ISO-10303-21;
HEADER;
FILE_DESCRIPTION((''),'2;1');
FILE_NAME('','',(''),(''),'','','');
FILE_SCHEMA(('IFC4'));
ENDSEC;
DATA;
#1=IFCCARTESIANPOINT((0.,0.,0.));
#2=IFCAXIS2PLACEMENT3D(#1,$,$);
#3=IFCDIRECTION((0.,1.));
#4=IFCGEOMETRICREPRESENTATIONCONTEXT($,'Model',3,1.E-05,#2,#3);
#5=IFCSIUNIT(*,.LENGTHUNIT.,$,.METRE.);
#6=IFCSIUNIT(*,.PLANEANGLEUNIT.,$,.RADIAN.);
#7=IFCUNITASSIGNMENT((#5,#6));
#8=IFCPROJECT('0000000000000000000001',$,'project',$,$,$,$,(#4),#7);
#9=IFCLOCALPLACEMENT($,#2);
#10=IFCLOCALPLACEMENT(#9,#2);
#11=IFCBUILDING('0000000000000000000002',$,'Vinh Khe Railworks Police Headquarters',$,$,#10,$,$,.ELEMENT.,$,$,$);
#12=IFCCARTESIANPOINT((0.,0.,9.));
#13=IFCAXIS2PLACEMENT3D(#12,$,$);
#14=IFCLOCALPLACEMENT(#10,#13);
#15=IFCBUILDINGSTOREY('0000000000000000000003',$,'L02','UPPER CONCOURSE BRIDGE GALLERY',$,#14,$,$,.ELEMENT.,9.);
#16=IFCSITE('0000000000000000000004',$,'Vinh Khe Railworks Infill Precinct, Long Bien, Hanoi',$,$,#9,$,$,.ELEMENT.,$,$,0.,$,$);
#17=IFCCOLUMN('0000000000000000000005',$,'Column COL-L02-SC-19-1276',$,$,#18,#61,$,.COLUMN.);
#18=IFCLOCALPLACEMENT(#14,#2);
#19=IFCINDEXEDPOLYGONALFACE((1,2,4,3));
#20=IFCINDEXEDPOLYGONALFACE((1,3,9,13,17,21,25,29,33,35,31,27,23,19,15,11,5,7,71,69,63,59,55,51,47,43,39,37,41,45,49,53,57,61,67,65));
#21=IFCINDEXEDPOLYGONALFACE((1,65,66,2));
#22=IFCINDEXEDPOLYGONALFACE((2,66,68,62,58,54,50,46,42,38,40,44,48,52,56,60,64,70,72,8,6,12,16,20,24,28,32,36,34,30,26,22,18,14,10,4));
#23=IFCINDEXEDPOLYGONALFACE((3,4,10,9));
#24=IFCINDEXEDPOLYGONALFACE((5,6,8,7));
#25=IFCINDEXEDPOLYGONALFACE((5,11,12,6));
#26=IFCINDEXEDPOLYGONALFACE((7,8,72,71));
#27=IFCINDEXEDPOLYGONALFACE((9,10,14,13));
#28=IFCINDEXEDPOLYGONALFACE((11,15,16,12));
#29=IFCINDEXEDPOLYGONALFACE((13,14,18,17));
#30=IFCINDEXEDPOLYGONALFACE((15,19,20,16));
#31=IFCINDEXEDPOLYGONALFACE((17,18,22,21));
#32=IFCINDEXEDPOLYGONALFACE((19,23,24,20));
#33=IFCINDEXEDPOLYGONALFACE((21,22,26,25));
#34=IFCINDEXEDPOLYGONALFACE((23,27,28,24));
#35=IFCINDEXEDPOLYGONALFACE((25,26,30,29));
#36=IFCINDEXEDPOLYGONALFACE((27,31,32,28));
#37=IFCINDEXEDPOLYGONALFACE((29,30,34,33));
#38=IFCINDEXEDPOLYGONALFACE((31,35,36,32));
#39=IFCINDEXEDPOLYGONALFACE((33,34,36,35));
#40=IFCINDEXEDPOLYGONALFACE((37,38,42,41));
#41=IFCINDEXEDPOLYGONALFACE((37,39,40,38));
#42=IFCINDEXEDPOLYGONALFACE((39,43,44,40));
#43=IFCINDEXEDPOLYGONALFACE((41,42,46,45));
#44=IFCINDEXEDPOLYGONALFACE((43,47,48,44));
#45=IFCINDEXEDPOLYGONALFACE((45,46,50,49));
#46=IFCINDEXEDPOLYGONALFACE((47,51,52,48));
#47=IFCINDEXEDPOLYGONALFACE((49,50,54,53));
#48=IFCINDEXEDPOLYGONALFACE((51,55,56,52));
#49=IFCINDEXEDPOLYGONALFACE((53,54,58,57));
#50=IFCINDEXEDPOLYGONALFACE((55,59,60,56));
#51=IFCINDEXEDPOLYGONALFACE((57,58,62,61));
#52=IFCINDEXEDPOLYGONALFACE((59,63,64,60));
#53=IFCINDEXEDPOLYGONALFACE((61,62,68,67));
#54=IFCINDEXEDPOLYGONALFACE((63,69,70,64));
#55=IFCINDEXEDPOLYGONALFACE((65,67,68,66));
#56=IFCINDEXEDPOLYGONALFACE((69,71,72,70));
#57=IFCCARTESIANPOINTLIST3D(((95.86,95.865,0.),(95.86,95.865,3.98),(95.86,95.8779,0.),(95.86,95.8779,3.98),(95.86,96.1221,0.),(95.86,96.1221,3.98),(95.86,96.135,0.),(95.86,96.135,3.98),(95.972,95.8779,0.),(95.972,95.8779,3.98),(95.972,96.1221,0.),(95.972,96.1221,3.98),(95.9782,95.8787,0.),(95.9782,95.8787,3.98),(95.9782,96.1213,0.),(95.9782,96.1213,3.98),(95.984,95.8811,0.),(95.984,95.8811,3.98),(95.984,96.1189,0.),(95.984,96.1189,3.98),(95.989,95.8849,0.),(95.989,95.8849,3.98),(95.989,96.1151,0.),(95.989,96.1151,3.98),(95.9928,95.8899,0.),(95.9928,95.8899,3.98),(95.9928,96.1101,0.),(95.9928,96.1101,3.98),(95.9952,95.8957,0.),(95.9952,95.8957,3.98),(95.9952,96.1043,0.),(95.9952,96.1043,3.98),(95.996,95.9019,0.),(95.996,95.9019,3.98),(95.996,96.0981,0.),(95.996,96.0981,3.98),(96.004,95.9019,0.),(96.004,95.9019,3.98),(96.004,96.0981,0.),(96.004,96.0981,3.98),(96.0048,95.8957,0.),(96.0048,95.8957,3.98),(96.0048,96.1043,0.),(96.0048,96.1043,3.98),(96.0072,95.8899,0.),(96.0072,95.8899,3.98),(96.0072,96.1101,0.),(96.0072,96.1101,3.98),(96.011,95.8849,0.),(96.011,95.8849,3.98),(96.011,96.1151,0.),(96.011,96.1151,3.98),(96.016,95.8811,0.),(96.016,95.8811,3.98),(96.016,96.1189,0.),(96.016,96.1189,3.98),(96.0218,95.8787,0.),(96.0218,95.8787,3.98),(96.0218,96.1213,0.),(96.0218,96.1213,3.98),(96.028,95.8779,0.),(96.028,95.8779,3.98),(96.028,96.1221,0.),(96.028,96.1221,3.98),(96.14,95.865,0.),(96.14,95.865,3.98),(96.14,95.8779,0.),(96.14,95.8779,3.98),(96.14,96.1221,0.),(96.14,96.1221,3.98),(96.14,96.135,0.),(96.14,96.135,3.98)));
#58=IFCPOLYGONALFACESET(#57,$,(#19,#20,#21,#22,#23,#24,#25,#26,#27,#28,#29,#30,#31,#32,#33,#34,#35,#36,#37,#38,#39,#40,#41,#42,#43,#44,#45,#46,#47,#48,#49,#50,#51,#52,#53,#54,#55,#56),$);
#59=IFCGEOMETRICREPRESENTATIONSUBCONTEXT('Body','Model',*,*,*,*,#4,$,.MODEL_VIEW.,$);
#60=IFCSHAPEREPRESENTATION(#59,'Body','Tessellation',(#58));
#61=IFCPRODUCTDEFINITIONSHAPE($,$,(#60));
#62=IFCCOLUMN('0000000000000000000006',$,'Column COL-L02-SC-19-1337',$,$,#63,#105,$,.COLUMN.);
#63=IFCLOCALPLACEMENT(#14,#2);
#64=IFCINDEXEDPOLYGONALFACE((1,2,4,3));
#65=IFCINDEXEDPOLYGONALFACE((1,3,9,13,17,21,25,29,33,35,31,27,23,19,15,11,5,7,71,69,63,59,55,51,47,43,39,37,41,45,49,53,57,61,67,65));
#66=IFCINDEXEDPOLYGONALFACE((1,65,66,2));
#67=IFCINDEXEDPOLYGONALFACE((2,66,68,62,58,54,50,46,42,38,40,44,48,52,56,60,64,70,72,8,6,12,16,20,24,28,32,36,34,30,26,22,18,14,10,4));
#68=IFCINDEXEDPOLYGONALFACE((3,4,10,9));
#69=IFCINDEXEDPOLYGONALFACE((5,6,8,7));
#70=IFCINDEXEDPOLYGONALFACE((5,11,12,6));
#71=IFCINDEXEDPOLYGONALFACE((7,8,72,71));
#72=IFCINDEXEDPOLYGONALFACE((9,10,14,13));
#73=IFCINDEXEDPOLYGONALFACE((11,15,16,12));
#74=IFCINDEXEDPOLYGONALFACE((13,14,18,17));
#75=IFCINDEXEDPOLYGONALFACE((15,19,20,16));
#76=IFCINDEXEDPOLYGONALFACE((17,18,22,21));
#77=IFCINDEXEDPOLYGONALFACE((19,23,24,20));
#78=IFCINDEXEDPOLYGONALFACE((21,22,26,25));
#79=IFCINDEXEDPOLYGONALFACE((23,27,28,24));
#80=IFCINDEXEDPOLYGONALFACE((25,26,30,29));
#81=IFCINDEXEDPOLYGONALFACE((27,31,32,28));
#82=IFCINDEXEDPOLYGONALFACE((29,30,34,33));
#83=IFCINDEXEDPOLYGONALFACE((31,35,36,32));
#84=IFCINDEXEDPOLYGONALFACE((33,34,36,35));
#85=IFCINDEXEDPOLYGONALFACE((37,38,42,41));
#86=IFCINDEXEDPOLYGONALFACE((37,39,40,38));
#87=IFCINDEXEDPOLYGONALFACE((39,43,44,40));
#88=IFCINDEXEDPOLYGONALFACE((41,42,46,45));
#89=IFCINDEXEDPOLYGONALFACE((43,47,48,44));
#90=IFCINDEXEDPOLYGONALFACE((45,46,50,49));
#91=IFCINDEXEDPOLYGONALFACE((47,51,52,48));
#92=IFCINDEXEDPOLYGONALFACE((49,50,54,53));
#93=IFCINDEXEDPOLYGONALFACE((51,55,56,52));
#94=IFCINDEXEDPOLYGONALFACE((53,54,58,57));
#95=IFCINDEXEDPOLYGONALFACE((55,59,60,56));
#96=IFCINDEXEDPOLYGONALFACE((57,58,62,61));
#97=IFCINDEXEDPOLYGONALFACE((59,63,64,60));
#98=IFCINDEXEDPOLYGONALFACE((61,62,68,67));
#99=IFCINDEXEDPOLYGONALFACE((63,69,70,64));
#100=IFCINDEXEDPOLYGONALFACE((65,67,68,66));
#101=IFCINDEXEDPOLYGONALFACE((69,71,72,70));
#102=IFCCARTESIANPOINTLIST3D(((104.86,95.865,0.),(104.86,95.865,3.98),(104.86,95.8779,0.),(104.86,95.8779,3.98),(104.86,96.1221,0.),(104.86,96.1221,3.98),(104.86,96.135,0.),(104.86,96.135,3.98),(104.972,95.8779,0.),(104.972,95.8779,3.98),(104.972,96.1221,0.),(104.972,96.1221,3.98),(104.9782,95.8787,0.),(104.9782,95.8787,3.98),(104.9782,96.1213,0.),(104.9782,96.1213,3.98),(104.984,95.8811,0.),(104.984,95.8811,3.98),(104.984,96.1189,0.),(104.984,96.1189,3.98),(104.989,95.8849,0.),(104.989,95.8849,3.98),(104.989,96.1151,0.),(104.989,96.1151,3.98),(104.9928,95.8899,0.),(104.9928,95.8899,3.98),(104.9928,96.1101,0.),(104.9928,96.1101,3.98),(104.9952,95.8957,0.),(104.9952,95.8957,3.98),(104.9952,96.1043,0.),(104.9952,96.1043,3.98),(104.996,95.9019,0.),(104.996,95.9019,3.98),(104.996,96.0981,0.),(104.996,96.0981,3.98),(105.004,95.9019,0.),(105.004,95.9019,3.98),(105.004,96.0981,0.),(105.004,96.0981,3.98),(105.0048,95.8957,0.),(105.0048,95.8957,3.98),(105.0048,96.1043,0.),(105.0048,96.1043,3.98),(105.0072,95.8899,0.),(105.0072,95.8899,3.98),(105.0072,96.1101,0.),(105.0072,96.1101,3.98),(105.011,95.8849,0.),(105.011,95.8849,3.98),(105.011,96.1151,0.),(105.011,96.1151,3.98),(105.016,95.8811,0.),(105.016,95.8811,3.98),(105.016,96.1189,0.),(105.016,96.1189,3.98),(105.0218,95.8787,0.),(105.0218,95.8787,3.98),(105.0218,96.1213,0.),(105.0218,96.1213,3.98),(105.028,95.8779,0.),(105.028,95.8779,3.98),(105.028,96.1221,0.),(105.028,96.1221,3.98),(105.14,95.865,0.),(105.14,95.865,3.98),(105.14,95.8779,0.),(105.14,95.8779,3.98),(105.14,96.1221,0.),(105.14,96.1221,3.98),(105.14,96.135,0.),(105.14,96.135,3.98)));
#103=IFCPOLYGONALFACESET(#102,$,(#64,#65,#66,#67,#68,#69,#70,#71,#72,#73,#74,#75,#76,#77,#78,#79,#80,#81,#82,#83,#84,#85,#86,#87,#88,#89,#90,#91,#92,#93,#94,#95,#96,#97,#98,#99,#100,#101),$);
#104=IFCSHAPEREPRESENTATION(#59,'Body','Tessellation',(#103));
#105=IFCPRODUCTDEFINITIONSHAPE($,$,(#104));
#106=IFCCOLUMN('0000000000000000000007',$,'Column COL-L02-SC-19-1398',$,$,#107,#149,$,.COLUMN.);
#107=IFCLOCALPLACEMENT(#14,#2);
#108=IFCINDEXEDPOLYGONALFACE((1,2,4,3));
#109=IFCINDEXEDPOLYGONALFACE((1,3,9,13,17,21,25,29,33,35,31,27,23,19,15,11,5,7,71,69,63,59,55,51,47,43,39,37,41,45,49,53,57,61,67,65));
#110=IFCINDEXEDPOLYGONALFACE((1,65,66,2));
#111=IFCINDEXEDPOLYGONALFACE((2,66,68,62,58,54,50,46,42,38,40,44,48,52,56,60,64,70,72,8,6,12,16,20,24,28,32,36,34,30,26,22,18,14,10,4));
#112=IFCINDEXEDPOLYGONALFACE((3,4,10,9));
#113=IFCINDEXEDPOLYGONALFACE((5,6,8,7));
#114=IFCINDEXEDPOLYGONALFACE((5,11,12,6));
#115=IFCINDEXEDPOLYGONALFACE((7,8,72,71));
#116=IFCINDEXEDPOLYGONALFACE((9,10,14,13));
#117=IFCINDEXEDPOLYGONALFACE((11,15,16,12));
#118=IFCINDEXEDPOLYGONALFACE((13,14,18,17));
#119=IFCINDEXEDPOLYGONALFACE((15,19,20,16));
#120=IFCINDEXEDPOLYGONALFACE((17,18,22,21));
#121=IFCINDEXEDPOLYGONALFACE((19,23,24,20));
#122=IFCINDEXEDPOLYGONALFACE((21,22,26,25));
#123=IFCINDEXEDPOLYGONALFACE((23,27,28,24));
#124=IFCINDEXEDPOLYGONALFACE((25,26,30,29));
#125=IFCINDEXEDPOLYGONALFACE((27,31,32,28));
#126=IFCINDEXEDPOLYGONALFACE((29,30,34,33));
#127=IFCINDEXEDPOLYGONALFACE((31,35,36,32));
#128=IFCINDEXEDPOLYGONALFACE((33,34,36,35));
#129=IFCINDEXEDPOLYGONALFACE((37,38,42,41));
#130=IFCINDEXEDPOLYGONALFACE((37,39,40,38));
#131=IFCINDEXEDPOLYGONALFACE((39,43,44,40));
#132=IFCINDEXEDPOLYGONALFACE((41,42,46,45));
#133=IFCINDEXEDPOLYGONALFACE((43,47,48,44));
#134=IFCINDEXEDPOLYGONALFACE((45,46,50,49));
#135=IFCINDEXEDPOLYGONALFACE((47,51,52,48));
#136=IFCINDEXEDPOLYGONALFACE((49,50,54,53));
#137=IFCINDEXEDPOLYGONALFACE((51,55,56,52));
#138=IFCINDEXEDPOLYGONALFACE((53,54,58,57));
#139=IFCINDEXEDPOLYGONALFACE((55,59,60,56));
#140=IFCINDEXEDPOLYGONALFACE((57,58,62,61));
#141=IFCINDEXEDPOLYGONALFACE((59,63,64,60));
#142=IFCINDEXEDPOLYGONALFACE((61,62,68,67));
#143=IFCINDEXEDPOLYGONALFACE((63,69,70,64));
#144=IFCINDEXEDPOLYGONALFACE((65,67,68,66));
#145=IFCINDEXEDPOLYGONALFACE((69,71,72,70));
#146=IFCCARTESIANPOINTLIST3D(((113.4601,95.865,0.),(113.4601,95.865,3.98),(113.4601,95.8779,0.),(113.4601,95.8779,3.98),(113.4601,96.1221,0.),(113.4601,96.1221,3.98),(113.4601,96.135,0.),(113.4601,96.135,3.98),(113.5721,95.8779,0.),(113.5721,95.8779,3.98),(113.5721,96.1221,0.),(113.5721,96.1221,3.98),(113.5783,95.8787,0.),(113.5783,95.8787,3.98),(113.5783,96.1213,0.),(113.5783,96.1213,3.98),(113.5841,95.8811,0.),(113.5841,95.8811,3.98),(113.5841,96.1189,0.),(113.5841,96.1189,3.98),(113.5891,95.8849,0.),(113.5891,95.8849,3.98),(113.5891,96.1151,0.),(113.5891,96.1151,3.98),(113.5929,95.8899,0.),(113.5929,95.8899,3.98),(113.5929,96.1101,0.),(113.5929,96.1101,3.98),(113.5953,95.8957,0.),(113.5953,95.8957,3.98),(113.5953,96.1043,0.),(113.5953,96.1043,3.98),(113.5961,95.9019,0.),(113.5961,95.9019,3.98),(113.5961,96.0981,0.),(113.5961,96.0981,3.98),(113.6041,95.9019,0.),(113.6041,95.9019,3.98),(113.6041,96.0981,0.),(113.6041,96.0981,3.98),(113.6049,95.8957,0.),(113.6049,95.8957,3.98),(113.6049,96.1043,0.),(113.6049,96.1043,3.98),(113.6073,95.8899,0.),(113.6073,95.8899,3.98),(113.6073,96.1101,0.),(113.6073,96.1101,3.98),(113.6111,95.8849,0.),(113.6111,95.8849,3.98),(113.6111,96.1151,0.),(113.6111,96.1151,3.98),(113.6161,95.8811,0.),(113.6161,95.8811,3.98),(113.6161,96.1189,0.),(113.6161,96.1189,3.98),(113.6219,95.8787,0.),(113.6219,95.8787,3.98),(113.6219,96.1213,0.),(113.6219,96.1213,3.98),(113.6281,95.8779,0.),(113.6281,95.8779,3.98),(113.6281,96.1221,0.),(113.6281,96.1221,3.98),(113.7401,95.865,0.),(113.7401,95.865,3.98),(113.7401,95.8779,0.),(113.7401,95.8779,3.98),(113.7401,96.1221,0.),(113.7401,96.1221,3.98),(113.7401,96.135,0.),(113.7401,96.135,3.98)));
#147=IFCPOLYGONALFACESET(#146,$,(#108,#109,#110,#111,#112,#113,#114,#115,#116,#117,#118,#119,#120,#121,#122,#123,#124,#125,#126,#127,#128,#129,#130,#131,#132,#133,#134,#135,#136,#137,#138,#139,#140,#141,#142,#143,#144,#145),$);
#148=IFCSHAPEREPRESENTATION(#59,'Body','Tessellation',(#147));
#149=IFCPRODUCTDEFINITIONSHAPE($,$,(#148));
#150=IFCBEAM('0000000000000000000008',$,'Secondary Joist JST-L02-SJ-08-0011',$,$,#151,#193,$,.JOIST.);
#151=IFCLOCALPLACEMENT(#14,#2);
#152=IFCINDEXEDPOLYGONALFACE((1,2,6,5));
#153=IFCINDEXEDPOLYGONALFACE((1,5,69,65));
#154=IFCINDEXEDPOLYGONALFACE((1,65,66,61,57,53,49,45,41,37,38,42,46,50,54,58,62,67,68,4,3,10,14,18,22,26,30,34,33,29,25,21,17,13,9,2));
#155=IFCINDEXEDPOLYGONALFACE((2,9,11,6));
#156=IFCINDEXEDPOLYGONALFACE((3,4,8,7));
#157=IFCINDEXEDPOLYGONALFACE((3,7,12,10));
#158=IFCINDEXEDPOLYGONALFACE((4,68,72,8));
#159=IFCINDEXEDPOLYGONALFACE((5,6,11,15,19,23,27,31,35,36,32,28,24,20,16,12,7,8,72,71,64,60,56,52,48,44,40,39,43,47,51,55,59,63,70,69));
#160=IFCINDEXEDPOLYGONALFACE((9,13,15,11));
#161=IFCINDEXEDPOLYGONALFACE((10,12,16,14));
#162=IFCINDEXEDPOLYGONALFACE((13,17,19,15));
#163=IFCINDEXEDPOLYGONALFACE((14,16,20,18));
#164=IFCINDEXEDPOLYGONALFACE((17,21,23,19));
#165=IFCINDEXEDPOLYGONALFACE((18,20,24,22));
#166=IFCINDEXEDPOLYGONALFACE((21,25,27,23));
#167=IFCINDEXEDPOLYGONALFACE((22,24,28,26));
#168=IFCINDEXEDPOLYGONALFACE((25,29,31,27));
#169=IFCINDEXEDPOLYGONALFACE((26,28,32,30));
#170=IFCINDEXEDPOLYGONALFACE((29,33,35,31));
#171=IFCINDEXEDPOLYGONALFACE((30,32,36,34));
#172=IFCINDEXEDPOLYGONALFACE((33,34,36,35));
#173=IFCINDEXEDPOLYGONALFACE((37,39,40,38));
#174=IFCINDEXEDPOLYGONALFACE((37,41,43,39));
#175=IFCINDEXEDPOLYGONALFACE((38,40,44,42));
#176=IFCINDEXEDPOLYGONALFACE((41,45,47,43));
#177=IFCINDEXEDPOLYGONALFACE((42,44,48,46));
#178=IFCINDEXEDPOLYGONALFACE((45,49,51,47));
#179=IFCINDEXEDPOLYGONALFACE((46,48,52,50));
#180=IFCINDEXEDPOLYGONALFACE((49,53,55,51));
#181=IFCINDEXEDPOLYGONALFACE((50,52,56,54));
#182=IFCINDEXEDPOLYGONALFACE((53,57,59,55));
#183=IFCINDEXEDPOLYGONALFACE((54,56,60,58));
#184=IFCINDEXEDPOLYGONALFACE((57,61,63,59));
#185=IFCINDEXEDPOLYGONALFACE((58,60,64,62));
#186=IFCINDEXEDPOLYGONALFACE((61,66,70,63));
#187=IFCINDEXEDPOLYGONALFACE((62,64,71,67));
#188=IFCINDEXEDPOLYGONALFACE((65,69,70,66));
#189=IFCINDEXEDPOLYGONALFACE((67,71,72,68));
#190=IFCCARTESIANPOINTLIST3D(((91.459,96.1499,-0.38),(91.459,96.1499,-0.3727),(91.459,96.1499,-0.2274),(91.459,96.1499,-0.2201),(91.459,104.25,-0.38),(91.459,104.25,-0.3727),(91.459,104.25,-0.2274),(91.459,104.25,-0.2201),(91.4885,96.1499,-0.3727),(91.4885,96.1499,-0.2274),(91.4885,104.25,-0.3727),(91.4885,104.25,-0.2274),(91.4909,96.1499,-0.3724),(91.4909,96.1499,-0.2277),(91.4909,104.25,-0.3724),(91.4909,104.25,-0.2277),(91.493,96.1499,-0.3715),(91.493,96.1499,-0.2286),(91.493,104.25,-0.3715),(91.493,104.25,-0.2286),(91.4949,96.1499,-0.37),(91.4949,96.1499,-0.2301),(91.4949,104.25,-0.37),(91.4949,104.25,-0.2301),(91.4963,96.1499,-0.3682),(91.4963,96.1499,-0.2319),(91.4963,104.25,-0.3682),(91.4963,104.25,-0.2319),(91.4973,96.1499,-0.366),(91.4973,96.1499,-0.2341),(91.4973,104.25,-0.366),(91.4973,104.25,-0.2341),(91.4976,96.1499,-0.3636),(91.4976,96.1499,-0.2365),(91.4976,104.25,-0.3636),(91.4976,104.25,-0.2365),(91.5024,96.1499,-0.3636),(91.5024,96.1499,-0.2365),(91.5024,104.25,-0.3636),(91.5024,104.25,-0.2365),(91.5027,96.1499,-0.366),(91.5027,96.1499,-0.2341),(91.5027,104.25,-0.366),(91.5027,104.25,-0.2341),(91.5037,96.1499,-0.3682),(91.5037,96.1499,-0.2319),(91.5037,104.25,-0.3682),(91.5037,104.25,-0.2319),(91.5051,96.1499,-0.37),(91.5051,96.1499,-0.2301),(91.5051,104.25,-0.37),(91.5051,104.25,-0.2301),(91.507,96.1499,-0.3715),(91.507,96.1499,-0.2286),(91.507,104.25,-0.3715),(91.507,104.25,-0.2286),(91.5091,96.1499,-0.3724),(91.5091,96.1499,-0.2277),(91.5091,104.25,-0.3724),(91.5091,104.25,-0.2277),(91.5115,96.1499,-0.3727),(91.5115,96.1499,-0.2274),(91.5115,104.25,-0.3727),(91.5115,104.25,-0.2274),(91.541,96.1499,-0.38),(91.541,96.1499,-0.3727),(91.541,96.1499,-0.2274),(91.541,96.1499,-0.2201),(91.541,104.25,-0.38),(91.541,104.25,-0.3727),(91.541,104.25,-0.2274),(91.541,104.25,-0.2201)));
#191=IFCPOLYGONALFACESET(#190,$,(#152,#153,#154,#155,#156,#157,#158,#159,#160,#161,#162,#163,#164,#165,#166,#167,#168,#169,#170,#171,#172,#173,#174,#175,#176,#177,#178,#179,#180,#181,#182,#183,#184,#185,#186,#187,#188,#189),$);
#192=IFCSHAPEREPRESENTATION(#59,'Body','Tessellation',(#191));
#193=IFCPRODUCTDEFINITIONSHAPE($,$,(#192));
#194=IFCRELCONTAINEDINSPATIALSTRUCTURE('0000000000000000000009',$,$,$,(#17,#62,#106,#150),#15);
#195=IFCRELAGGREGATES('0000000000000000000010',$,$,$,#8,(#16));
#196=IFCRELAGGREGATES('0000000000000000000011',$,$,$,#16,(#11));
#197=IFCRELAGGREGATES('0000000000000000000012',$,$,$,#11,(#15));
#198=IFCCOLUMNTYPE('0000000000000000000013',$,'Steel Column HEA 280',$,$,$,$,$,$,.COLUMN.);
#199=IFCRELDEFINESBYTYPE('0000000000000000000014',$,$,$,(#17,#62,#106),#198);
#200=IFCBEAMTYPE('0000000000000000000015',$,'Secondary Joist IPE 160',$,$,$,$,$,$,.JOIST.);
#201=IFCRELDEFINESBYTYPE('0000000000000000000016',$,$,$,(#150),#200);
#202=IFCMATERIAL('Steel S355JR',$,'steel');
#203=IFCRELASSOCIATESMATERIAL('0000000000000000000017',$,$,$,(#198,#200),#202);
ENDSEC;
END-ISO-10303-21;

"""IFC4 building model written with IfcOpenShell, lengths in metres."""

from ifc_helpers import new_model, si_unit, direction, frame, origin, origin_2d, place, context, subcontext, project, spatial, i_section, extrude, material, material_profile, profile_set, type_object, element, save


model = new_model("IFC4")

# Units and contexts
model_context = context("Model", 3, precision=1e-05, world=origin(), true_north=direction((0.0, 1.0)))
body_context = subcontext(model_context, "Body", "Model", "MODEL_VIEW")
ifc_project = project(units=[si_unit("LENGTHUNIT", "METRE"), si_unit("PLANEANGLEUNIT", "RADIAN")], contexts=[model_context])

# Site, building, storey
site_placement = place(None, origin())
site = spatial("IfcSite", under=ifc_project, at=site_placement, Name="Vinh Khe Railworks Infill Precinct, Long Bien, Hanoi", CompositionType="ELEMENT", RefElevation=0.0)
building_placement = place(site_placement, origin())
building = spatial("IfcBuilding", under=site, at=building_placement, Name="Vinh Khe Railworks Police Headquarters", CompositionType="ELEMENT")
storey_placement = place(building_placement, frame((0.0, 0.0, 9.0)))
storey = spatial("IfcBuildingStorey", under=building, at=storey_placement, Name="L02", Description="UPPER CONCOURSE BRIDGE GALLERY", CompositionType="ELEMENT", Elevation=9.0)

# Columns
ifc_material_1 = material(Name="Steel S355JR", Category="steel")
ifc_material_profile_1 = material_profile(ifc_material_1, i_section(OverallWidth=0.28, OverallDepth=0.27, WebThickness=0.0081, FlangeThickness=0.0129, FilletRadius=0.0239, at=origin_2d()), Name="HEA 280")
ifc_profile_set_1 = profile_set([ifc_material_profile_1], Name="Steel S355JR")
column_type = type_object("IfcColumnType", Name="Steel Column HEA 280", PredefinedType="COLUMN", material=ifc_profile_set_1)
for number, where, z_axis, x_axis, name in (
    (1, (96.0, 96.0, 0.0), (0.0, 0.0, 1.0), (1.0, 0.0, 0.0), "Column COL-L02-SC-19-1276"),
    (2, (105.0, 96.0, 0.0), (0.0, 0.0, 1.0), (1.0, 0.0, 0.0), "Column COL-L02-SC-19-1337"),
    (3, (113.6001, 96.0, 0.0), (0.0, 0.0, 1.0), (1.0, 0.0, 0.0), "Column COL-L02-SC-19-1398"),
):
    element("IfcColumn", number, at=place(storey_placement, frame(where, z_axis=z_axis, x_axis=x_axis)), inside=storey, type_object=column_type, Name=name, PredefinedType="COLUMN", context=body_context, shape_type="SweptSolid", body=[
        extrude(i_section(OverallWidth=0.28, OverallDepth=0.27, WebThickness=0.0081, FlangeThickness=0.0129, FilletRadius=0.0239, at=origin_2d()), origin(), (0.0, 0.0, 1.0), 3.98),
    ])

# Beam
ifc_material_profile_2 = material_profile(ifc_material_1, i_section(OverallWidth=0.082, OverallDepth=0.1599, WebThickness=0.0049, FlangeThickness=0.0073, FilletRadius=0.009, at=origin_2d()), Name="IPE 160")
ifc_profile_set_2 = profile_set([ifc_material_profile_2], Name="Steel S355JR")
beam_type_1 = type_object("IfcBeamType", Name="Secondary Joist IPE 160", PredefinedType="JOIST", material=ifc_profile_set_2)
for number, where, z_axis, x_axis, name in (
    (4, (91.5, 96.1499, -0.3), (0.0, 1.0, 0.0), (-1.0, 0.0, 0.0), "Secondary Joist JST-L02-SJ-08-0011"),
):
    element("IfcBeam", number, at=place(storey_placement, frame(where, z_axis=z_axis, x_axis=x_axis)), inside=storey, type_object=beam_type_1, Name=name, PredefinedType="JOIST", context=body_context, shape_type="SweptSolid", body=[
        extrude(i_section(OverallWidth=0.082, OverallDepth=0.1599, WebThickness=0.0049, FlangeThickness=0.0073, FilletRadius=0.009, at=origin_2d()), origin(), (0.0, 0.0, 1.0), 8.1001),
    ])

save(model, "model.ifc")
